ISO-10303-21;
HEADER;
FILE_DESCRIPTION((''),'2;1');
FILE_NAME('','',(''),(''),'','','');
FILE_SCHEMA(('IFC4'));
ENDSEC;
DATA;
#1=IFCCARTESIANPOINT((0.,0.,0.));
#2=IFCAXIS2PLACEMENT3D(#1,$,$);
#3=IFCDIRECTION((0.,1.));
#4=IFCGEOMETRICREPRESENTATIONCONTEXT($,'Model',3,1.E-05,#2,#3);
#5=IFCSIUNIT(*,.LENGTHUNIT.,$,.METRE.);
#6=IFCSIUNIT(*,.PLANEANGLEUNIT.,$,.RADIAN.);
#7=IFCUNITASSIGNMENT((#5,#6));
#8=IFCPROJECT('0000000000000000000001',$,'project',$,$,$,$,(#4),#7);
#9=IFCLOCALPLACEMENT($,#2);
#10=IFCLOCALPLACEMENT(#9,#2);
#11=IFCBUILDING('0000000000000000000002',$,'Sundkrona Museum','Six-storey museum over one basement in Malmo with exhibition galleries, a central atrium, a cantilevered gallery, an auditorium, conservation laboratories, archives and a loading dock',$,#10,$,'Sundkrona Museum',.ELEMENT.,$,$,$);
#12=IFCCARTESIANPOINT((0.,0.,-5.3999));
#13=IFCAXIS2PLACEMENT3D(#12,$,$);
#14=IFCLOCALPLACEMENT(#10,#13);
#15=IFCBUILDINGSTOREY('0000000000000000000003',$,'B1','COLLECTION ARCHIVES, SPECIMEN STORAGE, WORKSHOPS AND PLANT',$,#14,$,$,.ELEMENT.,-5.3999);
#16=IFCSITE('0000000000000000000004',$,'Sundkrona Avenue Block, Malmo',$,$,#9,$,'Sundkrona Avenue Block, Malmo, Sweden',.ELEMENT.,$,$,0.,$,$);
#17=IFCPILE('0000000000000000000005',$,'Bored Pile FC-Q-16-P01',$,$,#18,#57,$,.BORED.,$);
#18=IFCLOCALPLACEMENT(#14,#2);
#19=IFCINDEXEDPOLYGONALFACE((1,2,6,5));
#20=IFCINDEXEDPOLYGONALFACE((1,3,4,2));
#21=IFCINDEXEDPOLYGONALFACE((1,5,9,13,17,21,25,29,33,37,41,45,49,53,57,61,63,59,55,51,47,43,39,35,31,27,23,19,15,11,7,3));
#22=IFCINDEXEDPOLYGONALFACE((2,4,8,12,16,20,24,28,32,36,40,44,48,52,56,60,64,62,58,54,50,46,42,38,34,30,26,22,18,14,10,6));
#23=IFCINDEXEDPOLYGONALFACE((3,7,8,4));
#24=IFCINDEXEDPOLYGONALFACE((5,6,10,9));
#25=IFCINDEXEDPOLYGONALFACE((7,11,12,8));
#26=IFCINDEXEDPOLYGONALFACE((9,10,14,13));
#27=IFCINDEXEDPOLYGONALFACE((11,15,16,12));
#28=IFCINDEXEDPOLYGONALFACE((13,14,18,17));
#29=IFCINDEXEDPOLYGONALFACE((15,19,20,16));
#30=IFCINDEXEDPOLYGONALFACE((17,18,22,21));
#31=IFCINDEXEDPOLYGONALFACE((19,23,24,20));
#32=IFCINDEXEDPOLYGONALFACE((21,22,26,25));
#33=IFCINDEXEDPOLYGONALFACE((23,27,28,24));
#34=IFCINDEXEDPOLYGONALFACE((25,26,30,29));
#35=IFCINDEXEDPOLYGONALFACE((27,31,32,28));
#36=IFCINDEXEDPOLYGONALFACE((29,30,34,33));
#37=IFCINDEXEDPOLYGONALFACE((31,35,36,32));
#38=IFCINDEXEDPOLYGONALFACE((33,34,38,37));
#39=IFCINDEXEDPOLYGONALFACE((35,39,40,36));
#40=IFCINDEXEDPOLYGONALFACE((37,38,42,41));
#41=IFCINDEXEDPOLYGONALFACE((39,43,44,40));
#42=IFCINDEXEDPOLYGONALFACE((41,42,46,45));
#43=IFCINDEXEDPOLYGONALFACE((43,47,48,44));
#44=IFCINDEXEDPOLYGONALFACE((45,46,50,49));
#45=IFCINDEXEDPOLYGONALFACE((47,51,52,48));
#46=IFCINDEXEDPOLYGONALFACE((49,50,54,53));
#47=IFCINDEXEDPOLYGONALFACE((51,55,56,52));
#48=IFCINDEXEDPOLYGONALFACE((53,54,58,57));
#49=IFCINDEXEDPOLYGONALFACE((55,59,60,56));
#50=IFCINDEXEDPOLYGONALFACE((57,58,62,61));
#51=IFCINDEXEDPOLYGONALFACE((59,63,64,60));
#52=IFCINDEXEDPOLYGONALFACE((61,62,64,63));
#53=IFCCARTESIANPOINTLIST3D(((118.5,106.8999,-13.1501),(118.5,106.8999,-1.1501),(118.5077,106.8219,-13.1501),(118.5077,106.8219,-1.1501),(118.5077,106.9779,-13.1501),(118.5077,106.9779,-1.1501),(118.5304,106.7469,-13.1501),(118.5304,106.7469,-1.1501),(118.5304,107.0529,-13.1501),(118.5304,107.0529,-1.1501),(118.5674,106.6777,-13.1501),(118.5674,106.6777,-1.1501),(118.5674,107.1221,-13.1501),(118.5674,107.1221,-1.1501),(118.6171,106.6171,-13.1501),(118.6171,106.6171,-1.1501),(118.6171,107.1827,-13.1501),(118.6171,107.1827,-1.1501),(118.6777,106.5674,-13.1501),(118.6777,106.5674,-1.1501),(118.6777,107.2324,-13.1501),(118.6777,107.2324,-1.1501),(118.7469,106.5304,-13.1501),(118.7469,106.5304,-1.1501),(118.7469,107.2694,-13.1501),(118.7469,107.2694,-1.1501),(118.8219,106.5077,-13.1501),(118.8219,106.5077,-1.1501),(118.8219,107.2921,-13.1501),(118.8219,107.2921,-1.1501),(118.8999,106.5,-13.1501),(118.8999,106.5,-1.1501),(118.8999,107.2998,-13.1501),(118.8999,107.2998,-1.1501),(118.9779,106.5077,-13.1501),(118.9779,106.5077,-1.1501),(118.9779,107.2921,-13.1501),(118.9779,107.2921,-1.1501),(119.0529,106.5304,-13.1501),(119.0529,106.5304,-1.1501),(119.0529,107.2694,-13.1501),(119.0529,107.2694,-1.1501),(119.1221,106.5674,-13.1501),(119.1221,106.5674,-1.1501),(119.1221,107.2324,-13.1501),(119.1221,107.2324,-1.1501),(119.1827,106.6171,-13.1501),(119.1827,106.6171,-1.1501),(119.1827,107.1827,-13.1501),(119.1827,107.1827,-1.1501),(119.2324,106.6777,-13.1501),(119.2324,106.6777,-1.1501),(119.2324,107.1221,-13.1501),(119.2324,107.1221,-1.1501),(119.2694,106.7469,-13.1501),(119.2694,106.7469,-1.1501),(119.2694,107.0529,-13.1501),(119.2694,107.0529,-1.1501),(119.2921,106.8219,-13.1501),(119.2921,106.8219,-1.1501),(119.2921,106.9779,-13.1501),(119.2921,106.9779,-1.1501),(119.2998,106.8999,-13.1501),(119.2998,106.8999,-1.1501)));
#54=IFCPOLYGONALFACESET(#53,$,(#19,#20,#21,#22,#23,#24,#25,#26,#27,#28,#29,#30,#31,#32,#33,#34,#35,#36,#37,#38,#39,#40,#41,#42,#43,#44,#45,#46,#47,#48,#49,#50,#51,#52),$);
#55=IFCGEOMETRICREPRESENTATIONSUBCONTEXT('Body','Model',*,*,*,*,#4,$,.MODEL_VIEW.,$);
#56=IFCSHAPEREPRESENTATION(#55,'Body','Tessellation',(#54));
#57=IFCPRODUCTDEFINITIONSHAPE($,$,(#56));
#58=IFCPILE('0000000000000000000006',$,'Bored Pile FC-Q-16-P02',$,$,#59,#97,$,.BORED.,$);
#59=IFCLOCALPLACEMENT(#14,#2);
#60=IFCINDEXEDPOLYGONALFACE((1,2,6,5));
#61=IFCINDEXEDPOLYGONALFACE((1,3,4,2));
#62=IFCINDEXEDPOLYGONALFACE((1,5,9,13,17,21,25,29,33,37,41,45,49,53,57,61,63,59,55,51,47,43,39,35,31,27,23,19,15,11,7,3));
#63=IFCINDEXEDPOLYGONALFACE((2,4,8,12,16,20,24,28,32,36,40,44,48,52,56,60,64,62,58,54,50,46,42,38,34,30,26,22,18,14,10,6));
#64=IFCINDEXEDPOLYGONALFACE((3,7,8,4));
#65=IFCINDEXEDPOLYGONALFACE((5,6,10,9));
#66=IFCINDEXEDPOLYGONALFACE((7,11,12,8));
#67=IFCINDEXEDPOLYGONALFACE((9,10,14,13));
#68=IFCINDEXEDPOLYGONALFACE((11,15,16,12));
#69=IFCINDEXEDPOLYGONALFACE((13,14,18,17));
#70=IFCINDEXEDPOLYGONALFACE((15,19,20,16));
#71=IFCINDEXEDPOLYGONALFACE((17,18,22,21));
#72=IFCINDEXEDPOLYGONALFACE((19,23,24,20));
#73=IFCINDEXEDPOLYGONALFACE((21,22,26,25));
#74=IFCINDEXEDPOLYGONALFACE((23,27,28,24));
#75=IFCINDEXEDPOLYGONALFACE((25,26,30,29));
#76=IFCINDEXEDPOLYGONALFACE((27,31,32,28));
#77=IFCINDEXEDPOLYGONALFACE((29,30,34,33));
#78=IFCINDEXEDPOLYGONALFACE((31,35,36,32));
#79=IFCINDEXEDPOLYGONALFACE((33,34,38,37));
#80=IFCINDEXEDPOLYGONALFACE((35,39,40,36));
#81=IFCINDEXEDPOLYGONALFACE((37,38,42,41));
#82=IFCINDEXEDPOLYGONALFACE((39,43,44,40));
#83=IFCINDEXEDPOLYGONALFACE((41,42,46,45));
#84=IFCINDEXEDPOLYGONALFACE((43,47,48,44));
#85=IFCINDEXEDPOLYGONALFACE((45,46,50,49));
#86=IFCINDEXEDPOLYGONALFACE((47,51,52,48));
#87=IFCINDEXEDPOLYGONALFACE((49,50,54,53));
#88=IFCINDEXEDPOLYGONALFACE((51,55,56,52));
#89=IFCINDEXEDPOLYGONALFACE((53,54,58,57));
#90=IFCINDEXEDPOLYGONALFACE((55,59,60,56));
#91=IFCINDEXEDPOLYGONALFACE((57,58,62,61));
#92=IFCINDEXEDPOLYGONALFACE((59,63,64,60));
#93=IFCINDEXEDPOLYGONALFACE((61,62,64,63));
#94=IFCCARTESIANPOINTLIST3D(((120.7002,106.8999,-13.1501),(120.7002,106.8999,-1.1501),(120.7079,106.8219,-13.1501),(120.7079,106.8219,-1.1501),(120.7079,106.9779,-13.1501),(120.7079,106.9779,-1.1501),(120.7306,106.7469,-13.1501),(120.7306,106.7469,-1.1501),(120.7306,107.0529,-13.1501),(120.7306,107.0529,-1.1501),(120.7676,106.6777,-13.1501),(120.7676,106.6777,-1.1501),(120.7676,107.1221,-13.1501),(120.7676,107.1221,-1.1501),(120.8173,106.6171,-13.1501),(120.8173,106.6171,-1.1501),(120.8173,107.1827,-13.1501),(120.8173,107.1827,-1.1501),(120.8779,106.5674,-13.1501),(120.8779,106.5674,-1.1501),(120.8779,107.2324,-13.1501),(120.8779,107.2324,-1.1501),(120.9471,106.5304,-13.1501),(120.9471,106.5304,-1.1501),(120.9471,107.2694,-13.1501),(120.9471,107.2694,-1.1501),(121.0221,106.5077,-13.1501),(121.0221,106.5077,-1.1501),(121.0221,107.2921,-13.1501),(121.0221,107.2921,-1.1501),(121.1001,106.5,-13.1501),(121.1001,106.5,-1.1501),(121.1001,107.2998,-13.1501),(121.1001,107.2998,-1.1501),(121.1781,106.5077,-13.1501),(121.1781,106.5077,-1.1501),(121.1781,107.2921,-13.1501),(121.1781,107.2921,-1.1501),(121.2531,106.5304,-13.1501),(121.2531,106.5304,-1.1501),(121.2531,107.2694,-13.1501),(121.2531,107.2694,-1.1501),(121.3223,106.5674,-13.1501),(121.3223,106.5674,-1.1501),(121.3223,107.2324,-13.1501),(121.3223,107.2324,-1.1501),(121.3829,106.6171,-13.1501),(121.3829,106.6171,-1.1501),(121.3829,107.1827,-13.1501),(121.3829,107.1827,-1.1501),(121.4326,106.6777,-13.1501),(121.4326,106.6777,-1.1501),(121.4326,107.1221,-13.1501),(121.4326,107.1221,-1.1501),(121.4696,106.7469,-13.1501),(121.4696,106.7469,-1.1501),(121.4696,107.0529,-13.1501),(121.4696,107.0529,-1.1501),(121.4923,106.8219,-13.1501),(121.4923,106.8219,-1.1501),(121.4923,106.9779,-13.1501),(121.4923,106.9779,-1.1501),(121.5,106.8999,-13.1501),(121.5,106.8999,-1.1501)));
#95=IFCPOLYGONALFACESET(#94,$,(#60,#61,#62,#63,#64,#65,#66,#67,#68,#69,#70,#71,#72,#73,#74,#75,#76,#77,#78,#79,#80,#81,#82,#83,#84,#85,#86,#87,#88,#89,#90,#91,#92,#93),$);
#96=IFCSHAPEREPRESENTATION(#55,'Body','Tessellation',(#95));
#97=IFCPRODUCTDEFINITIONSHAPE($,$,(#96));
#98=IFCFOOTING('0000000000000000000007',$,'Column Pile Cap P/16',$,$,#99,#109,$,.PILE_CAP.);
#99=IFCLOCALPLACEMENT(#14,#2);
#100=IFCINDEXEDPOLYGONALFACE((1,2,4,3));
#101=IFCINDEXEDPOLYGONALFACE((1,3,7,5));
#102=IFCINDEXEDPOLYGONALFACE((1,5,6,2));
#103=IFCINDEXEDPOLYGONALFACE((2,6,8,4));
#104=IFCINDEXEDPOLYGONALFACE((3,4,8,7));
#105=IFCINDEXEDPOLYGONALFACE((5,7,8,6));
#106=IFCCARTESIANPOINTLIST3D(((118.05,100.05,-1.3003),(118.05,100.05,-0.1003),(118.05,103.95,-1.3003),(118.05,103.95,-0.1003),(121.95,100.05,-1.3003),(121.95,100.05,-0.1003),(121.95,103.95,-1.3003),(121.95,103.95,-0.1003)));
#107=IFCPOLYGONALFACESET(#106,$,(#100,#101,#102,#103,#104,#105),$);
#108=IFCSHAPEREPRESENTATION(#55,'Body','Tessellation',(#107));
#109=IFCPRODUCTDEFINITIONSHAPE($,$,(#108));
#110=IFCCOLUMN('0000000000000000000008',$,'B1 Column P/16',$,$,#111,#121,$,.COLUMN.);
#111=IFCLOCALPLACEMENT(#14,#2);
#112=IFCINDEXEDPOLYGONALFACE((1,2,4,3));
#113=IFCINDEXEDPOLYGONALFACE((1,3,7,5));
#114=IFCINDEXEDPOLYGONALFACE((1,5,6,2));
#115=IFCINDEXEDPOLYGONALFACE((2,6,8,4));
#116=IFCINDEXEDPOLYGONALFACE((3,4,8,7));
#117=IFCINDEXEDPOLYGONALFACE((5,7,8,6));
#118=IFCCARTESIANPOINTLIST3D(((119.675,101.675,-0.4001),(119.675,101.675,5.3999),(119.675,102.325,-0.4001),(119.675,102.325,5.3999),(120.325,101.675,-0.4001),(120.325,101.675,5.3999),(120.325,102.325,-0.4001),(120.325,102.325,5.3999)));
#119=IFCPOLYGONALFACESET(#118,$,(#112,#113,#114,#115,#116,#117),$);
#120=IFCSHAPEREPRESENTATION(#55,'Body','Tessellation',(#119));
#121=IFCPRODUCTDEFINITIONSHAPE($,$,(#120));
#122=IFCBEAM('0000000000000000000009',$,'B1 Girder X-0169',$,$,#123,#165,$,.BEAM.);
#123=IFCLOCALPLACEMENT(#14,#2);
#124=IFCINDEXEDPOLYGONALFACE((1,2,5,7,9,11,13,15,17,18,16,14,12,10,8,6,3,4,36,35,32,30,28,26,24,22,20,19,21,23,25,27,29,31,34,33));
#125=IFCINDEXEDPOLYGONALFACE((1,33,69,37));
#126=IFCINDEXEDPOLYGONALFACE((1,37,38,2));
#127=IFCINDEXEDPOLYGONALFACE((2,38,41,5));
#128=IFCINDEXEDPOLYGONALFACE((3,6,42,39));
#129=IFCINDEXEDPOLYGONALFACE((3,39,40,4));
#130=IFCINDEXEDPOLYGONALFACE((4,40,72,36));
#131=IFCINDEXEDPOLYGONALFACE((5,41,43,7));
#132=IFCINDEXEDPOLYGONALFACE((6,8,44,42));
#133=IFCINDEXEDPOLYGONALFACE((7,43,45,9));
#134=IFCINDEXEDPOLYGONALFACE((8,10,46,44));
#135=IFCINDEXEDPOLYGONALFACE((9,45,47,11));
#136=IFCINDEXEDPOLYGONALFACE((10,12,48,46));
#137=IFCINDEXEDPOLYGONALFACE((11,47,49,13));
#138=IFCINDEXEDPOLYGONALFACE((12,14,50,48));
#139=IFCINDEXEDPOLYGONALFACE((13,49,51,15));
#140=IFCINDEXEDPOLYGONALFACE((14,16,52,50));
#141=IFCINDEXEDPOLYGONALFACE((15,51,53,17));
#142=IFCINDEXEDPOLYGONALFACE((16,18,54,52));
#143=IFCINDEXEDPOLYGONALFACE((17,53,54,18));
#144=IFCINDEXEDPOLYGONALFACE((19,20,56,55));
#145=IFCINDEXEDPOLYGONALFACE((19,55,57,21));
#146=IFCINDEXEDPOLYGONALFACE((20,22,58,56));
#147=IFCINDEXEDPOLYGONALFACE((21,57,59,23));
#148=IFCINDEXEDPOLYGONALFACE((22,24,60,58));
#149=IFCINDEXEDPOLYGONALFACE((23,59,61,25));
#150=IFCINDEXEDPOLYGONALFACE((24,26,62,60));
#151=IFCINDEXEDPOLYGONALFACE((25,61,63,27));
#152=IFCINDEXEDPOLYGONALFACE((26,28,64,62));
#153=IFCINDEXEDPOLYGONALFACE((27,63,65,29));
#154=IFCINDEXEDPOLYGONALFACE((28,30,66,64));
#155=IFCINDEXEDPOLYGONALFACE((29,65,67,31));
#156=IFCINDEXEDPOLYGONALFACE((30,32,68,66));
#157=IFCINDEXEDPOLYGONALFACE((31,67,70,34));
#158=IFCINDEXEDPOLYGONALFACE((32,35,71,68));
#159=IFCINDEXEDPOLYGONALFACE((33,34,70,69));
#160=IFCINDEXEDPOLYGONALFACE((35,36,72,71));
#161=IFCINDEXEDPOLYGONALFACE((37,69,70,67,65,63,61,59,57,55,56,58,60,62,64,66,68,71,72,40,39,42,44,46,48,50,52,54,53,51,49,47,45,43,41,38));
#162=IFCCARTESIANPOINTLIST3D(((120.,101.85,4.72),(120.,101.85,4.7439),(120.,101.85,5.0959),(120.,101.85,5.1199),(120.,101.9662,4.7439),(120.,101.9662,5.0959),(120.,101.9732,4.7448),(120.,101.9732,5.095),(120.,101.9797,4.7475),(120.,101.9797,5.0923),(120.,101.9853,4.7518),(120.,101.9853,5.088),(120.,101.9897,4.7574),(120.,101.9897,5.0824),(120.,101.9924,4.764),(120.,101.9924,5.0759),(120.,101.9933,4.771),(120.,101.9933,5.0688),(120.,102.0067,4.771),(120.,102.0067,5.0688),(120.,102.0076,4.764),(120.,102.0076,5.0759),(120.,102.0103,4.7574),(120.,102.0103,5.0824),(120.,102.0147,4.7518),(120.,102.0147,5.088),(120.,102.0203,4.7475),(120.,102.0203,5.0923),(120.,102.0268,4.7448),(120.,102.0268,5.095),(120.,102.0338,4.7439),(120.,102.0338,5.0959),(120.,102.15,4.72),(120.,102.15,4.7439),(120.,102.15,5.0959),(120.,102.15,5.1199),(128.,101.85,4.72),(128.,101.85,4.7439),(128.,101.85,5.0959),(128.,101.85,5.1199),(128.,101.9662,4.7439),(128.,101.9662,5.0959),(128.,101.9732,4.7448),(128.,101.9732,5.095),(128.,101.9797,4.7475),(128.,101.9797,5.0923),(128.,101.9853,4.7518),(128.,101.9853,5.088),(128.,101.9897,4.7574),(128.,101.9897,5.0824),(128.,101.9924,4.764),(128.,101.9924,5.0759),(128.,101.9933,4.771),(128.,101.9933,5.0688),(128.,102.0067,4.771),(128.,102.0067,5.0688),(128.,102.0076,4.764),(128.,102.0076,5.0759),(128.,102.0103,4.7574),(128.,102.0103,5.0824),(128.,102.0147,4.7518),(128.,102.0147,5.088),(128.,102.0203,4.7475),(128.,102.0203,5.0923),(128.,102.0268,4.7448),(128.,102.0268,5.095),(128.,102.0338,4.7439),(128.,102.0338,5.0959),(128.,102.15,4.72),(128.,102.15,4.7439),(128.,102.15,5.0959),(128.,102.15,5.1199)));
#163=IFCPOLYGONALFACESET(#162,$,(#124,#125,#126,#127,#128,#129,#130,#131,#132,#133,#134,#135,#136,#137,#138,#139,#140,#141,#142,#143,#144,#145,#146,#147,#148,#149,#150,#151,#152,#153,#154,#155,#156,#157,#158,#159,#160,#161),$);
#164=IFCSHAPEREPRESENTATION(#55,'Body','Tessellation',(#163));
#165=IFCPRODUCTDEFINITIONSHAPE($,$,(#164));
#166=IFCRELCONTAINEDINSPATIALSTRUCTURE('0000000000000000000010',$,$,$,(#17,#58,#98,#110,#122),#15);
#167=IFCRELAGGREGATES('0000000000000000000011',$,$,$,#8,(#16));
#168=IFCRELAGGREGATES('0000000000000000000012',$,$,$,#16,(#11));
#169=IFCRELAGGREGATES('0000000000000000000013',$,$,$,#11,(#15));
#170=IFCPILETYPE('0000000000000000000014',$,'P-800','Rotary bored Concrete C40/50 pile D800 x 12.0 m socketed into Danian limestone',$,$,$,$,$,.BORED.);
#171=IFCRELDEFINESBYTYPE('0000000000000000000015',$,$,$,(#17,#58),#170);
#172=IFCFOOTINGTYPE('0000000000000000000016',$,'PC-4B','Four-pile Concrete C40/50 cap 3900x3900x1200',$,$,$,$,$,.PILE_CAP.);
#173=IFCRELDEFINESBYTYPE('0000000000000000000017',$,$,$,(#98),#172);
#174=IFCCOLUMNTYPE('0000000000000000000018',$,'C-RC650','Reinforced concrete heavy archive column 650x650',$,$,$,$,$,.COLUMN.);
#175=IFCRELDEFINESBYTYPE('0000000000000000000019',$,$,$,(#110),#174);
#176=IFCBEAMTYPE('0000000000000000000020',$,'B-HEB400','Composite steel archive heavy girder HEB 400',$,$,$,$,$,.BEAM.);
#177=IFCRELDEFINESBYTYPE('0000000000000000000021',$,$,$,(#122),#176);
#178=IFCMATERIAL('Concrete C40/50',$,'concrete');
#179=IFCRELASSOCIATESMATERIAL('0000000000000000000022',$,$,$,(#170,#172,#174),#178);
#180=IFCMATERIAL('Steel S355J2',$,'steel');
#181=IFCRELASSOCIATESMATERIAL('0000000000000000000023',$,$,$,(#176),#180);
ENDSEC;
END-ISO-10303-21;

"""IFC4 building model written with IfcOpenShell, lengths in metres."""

from ifc_helpers import new_model, si_unit, direction, frame, origin, origin_2d, place, context, subcontext, project, spatial, rectangle, circle, i_section, extrude, material, material_profile, profile_set, type_object, element, save


model = new_model("IFC4")

# Units and contexts
model_context = context("Model", 3, precision=1e-05, world=origin(), true_north=direction((0.0, 1.0)))
body_context = subcontext(model_context, "Body", "Model", "MODEL_VIEW")
ifc_project = project(units=[si_unit("LENGTHUNIT", "METRE"), si_unit("PLANEANGLEUNIT", "RADIAN")], contexts=[model_context])

# Site, building, storey
site_placement = place(None, origin())
site = spatial("IfcSite", under=ifc_project, at=site_placement, Name="Sundkrona Avenue Block, Malmo", LongName="Sundkrona Avenue Block, Malmo, Sweden", CompositionType="ELEMENT", RefElevation=0.0)
building_placement = place(site_placement, origin())
building = spatial("IfcBuilding", under=site, at=building_placement, Name="Sundkrona Museum", Description="Six-storey museum over one basement in Malmo with exhibition galleries, a central atrium, a cantilevered gallery, an auditorium, conservation laboratories, archives and a loading dock", LongName="Sundkrona Museum", CompositionType="ELEMENT")
storey_placement = place(building_placement, frame((0.0, 0.0, -5.3999)))
storey = spatial("IfcBuildingStorey", under=building, at=storey_placement, Name="B1", Description="COLLECTION ARCHIVES, SPECIMEN STORAGE, WORKSHOPS AND PLANT", CompositionType="ELEMENT", Elevation=-5.3999)

# Shared definitions
ifc_material_1 = material(Name="Concrete C40/50", Category="concrete")

# Piles
ifc_material_profile_1 = material_profile(ifc_material_1, circle(Radius=0.3999, at=origin_2d()), Name="PILE D800")
ifc_profile_set_1 = profile_set([ifc_material_profile_1], Name="Concrete C40/50")
pile_type = type_object("IfcPileType", Name="P-800", Description="Rotary bored Concrete C40/50 pile D800 x 12.0 m socketed into Danian limestone", PredefinedType="BORED", material=ifc_profile_set_1)
for number, where, z_axis, x_axis, name in (
    (1, (118.8999, 106.8999, -1.1501), (0.0, 0.0, -1.0), (1.0, 0.0, 0.0), "Bored Pile FC-Q-16-P01"),
    (2, (121.1001, 106.8999, -1.1501), (0.0, 0.0, -1.0), (1.0, 0.0, 0.0), "Bored Pile FC-Q-16-P02"),
):
    element("IfcPile", number, at=place(storey_placement, frame(where, z_axis=z_axis, x_axis=x_axis)), inside=storey, type_object=pile_type, Name=name, PredefinedType="BORED", context=body_context, shape_type="SweptSolid", body=[
        extrude(circle(Radius=0.3999, at=origin_2d()), origin(), (0.0, 0.0, 1.0), 12.0),
    ])

# Footing
footing_type_1 = type_object("IfcFootingType", Name="PC-4B", Description="Four-pile Concrete C40/50 cap 3900x3900x1200", PredefinedType="PILE_CAP", material=ifc_material_1)
footing_1_placement = place(storey_placement, frame((120.0, 102.0, -1.3003), z_axis=(0.0, 0.0, 1.0), x_axis=(1.0, 0.0, 0.0)))
element("IfcFooting", 3, at=footing_1_placement, inside=storey, type_object=footing_type_1, Name="Column Pile Cap P/16", PredefinedType="PILE_CAP", context=body_context, shape_type="SweptSolid", body=[
    extrude(rectangle(XDim=3.8999, YDim=3.8999, at=origin_2d()), origin(), (0.0, 0.0, 1.0), 1.2),
])

# Column
ifc_material_profile_2 = material_profile(ifc_material_1, rectangle(XDim=0.6499, YDim=0.6499, at=origin_2d()), Name="RC 650x650")
ifc_profile_set_2 = profile_set([ifc_material_profile_2], Name="Concrete C40/50")
column_type = type_object("IfcColumnType", Name="C-RC650", Description="Reinforced concrete heavy archive column 650x650", PredefinedType="COLUMN", material=ifc_profile_set_2)
column_placement = place(storey_placement, frame((120.0, 102.0, -0.4001), z_axis=(0.0, 0.0, 1.0), x_axis=(1.0, 0.0, 0.0)))
element("IfcColumn", 4, at=column_placement, inside=storey, type_object=column_type, Name="B1 Column P/16", PredefinedType="COLUMN", context=body_context, shape_type="SweptSolid", body=[
    extrude(rectangle(XDim=0.6499, YDim=0.6499, at=origin_2d()), origin(), (0.0, 0.0, 1.0), 5.8),
])

# Beam
ifc_material_2 = material(Name="Steel S355J2", Category="steel")
ifc_material_profile_3 = material_profile(ifc_material_2, i_section(OverallWidth=0.3, OverallDepth=0.3999, WebThickness=0.0134, FlangeThickness=0.0239, FilletRadius=0.0271, at=origin_2d()), Name="HEB 400")
ifc_profile_set_3 = profile_set([ifc_material_profile_3], Name="Steel S355J2")
beam_type_1 = type_object("IfcBeamType", Name="B-HEB400", Description="Composite steel archive heavy girder HEB 400", PredefinedType="BEAM", material=ifc_profile_set_3)
beam_1_placement = place(storey_placement, frame((120.0, 102.0, 4.9199), z_axis=(1.0, 0.0, 0.0), x_axis=(0.0, 1.0, 0.0)))
element("IfcBeam", 5, at=beam_1_placement, inside=storey, type_object=beam_type_1, Name="B1 Girder X-0169", PredefinedType="BEAM", context=body_context, shape_type="SweptSolid", body=[
    extrude(i_section(OverallWidth=0.3, OverallDepth=0.3999, WebThickness=0.0134, FlangeThickness=0.0239, FilletRadius=0.0271, at=origin_2d()), origin(), (0.0, 0.0, 1.0), 8.0),
])

save(model, "model.ifc")
